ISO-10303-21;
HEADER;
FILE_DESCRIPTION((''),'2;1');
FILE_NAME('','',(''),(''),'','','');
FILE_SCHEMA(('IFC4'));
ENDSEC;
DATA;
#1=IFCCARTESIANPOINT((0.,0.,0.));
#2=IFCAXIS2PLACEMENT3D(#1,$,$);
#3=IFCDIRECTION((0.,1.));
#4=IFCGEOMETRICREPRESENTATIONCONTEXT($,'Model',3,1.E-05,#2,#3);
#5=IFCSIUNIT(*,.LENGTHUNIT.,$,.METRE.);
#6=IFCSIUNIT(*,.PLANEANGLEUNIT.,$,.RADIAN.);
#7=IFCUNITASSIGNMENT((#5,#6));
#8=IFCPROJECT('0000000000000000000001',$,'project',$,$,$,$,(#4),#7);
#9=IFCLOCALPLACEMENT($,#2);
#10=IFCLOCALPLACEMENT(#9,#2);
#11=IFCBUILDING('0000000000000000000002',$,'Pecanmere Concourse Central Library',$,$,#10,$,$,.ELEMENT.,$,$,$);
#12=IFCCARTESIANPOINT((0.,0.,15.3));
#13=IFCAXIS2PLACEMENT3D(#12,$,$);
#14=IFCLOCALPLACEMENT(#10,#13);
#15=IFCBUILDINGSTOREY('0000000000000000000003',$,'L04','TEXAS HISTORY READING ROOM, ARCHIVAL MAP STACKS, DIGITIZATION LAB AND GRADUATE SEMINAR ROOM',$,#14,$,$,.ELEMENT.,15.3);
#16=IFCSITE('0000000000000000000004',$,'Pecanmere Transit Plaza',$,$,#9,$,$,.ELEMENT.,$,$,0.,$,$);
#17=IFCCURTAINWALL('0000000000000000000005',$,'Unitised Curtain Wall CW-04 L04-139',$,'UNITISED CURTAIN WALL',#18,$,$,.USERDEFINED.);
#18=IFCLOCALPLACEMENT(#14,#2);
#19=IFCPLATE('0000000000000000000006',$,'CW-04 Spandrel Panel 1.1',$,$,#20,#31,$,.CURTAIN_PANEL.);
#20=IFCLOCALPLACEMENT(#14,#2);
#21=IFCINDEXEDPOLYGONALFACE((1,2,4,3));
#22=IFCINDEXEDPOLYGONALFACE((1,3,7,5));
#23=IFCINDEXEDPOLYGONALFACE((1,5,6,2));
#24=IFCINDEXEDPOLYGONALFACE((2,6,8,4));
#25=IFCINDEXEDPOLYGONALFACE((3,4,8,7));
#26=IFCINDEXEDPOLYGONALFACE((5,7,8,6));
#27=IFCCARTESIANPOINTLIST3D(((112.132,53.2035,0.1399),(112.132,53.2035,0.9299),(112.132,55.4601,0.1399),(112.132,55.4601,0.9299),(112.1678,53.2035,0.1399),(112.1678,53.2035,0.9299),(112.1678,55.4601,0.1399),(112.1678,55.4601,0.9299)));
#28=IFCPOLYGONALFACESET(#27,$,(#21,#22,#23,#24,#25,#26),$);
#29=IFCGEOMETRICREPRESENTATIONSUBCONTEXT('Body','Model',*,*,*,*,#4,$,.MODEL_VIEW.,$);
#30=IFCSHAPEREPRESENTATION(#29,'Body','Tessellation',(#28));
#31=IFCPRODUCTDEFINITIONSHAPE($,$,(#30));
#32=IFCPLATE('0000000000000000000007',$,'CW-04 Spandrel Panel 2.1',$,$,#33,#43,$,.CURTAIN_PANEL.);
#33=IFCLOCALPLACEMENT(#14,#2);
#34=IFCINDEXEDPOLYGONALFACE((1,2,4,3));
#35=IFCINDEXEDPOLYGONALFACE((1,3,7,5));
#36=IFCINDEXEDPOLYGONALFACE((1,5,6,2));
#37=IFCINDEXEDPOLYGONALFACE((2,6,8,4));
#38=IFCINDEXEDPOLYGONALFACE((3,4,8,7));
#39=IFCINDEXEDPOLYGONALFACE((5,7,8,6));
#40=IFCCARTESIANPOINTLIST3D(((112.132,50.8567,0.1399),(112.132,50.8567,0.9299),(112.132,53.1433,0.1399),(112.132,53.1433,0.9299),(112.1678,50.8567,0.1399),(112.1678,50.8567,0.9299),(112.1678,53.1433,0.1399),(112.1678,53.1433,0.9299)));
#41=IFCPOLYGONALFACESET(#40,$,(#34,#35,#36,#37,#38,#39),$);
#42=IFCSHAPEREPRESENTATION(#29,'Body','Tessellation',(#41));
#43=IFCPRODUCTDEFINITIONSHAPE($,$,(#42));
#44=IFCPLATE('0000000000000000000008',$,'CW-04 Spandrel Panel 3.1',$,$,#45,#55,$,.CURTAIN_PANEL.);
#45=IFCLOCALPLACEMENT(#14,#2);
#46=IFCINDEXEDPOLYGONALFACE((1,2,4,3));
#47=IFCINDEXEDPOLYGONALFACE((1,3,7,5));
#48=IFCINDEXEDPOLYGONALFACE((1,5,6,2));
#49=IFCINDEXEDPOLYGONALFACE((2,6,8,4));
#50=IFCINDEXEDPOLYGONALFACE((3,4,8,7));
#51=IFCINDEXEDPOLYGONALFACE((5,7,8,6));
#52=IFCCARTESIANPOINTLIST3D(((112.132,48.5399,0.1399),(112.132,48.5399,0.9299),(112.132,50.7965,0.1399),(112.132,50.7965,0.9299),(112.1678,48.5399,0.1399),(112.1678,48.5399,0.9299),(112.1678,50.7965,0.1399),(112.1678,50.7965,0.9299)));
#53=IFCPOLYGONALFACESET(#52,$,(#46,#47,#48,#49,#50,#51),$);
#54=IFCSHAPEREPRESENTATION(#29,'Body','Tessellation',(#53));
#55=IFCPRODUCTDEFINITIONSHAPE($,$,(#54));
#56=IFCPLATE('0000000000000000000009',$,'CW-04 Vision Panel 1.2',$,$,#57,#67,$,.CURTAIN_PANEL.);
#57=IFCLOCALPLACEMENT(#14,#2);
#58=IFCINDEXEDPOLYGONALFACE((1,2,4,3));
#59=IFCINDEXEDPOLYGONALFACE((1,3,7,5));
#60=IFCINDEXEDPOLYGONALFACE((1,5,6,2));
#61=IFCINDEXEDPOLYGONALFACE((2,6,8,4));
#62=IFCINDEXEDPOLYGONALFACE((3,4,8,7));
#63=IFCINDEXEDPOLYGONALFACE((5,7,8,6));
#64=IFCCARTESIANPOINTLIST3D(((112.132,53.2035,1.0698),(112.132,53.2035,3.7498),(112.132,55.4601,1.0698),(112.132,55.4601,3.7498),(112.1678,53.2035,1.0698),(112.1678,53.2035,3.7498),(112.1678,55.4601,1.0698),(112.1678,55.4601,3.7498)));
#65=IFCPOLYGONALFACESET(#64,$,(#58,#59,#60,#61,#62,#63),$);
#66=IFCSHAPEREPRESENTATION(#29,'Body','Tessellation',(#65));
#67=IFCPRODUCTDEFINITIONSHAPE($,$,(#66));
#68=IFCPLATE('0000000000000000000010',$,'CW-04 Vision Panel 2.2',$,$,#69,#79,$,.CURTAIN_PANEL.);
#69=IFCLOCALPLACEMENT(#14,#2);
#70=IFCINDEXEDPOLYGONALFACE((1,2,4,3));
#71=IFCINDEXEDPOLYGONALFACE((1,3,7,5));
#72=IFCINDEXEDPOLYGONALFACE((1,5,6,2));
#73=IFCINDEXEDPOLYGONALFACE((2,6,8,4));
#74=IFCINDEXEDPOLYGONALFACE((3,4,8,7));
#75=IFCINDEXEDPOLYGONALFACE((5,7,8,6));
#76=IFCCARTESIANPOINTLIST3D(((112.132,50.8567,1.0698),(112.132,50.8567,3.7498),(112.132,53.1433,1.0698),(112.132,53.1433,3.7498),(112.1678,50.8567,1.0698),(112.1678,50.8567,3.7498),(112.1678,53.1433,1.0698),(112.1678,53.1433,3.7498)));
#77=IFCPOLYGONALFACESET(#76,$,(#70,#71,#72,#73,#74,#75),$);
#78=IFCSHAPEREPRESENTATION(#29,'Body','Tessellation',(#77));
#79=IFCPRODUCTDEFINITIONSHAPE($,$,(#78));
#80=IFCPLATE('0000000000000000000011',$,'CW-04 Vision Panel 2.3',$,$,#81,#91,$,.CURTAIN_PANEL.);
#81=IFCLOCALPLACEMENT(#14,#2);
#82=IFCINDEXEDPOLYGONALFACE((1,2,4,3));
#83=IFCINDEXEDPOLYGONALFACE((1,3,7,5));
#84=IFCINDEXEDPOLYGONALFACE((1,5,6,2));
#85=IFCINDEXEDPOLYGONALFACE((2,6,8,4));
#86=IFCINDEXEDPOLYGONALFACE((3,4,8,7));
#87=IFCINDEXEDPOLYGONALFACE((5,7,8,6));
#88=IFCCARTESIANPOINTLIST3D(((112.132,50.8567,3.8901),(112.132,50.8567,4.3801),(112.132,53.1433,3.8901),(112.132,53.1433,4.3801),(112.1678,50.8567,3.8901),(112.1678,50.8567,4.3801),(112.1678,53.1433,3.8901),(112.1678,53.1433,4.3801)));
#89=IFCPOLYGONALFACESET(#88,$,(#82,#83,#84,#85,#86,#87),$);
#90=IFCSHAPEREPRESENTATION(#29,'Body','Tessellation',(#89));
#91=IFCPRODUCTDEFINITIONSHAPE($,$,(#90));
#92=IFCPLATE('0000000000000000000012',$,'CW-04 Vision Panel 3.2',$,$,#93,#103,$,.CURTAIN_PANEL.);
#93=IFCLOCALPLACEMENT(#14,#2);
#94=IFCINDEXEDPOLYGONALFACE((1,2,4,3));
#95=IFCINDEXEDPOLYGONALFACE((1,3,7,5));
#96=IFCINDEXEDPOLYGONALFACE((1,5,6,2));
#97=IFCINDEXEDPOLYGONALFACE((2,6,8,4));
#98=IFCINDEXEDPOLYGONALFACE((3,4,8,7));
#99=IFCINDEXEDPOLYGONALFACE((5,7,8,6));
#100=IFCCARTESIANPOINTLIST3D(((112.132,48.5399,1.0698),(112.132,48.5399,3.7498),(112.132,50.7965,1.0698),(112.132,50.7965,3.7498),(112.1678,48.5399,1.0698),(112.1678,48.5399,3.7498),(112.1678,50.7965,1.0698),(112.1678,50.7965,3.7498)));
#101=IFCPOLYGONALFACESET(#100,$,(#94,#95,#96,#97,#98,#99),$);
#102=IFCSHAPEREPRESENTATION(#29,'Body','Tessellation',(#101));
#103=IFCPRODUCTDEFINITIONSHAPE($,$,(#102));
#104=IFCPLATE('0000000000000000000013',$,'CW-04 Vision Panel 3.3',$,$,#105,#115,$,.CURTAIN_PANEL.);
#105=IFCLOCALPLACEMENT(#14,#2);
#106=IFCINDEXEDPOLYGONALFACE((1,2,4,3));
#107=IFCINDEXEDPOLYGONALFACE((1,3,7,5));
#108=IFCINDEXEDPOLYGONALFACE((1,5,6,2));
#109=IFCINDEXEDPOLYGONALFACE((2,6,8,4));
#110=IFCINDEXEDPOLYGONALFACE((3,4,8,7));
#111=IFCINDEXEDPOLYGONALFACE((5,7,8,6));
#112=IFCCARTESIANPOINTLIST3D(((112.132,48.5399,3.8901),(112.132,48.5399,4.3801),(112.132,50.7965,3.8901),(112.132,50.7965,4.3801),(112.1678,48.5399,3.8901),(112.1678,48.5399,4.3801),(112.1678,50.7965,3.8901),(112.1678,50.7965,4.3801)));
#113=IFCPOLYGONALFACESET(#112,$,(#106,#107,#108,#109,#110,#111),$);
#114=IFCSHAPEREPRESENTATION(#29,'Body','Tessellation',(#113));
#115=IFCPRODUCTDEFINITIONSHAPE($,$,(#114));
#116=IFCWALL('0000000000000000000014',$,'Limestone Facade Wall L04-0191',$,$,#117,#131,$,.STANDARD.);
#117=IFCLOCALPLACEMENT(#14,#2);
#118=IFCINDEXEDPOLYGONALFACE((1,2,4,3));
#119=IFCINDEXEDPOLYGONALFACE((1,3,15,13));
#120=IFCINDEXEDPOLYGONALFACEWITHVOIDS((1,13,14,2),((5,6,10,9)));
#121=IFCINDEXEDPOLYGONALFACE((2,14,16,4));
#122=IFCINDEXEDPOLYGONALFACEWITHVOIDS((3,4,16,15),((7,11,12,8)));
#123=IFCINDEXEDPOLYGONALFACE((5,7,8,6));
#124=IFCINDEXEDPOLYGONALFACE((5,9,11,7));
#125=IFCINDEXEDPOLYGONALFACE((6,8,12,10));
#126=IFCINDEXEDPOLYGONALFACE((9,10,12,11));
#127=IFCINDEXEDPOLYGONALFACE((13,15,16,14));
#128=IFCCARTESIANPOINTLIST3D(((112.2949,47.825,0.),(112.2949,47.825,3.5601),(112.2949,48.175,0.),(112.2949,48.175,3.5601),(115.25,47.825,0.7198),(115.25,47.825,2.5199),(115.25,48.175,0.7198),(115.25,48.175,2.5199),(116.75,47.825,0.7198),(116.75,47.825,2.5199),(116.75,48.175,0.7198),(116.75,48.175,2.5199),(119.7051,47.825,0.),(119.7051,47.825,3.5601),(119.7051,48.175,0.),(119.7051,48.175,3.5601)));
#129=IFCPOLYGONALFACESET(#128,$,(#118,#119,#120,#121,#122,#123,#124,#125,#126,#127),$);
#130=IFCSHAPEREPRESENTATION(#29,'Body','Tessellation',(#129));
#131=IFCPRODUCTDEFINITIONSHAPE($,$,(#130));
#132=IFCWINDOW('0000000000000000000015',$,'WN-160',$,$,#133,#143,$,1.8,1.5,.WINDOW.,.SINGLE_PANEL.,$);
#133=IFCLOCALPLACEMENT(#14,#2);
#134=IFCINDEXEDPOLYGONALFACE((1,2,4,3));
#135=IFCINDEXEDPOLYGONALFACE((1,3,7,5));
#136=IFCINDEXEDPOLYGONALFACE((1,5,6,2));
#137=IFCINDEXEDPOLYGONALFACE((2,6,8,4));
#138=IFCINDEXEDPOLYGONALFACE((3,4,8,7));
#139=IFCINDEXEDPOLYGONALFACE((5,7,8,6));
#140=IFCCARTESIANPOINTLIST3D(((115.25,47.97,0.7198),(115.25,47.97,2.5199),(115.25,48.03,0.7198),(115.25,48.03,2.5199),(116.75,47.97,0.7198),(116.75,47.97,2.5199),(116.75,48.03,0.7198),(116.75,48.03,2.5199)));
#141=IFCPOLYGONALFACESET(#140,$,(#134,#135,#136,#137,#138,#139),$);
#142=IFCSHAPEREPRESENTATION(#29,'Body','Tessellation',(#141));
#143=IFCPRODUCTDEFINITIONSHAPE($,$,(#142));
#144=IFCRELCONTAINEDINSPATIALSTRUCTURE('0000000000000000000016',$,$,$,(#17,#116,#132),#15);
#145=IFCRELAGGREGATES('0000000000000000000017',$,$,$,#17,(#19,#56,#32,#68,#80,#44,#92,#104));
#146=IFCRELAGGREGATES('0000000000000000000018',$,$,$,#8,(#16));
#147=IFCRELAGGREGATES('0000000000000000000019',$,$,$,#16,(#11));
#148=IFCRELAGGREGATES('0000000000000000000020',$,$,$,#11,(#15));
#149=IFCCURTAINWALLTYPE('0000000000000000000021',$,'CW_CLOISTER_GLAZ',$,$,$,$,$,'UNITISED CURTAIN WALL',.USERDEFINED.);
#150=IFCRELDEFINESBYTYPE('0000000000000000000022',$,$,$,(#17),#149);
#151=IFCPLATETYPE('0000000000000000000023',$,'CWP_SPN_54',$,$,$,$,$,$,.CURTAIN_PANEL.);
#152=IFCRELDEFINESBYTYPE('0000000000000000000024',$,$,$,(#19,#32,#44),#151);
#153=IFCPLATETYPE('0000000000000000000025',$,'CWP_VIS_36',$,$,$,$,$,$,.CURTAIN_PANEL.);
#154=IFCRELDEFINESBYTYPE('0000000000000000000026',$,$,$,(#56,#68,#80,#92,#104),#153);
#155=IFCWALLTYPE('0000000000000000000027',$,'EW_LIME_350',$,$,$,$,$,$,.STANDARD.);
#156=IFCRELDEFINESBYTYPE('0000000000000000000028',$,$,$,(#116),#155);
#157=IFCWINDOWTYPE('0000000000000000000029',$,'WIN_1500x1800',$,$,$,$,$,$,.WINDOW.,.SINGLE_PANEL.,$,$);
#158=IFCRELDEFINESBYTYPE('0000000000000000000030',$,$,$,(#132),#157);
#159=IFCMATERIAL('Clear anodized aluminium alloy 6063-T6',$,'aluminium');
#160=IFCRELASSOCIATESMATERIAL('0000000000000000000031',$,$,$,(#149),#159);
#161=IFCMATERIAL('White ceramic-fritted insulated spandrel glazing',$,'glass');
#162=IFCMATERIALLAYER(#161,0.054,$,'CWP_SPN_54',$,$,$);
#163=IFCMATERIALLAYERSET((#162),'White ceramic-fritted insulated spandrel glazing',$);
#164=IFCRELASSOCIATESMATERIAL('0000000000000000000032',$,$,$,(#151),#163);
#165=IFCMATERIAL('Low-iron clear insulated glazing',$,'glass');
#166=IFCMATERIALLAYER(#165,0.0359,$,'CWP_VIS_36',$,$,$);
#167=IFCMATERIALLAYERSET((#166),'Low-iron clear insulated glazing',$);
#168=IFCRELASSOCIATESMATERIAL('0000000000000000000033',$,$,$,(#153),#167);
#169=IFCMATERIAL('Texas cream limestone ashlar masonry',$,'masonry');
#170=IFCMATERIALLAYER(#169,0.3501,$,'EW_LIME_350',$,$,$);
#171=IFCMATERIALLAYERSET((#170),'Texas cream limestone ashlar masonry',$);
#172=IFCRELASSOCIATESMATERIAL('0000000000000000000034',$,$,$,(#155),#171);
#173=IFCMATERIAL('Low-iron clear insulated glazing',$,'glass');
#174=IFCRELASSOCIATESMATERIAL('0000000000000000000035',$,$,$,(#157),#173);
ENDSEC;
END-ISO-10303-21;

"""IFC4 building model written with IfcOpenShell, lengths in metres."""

from ifc_helpers import new_model, si_unit, direction, frame, frame_2d, origin, origin_2d, place, context, subcontext, project, spatial, rectangle, extrude, material, layer, layer_set, type_object, element, fill, aggregate, save


model = new_model("IFC4")

# Units and contexts
model_context = context("Model", 3, precision=1e-05, world=origin(), true_north=direction((0.0, 1.0)))
body_context = subcontext(model_context, "Body", "Model", "MODEL_VIEW")
ifc_project = project(units=[si_unit("LENGTHUNIT", "METRE"), si_unit("PLANEANGLEUNIT", "RADIAN")], contexts=[model_context])

# Site, building, storey
site_placement = place(None, origin())
site = spatial("IfcSite", under=ifc_project, at=site_placement, Name="Pecanmere Transit Plaza", CompositionType="ELEMENT", RefElevation=0.0)
building_placement = place(site_placement, origin())
building = spatial("IfcBuilding", under=site, at=building_placement, Name="Pecanmere Concourse Central Library", CompositionType="ELEMENT")
storey_placement = place(building_placement, frame((0.0, 0.0, 15.3)))
storey = spatial("IfcBuildingStorey", under=building, at=storey_placement, Name="L04", Description="TEXAS HISTORY READING ROOM, ARCHIVAL MAP STACKS, DIGITIZATION LAB AND GRADUATE SEMINAR ROOM", CompositionType="ELEMENT", Elevation=15.3)

# Curtain wall
ifc_material_1 = material(Name="Clear anodized aluminium alloy 6063-T6", Category="aluminium")
curtain_wall_type = type_object("IfcCurtainWallType", Name="CW_CLOISTER_GLAZ", ElementType="UNITISED CURTAIN WALL", PredefinedType="USERDEFINED", material=ifc_material_1)
curtain_wall_placement = place(storey_placement, origin())
curtain_wall = element("IfcCurtainWall", 1, at=curtain_wall_placement, inside=storey, type_object=curtain_wall_type, Name="Unitised Curtain Wall CW-04 L04-139", ObjectType="UNITISED CURTAIN WALL", PredefinedType="USERDEFINED")

# Plates
ifc_material_2 = material(Name="White ceramic-fritted insulated spandrel glazing", Category="glass")
ifc_layer_1 = layer(ifc_material_2, 0.054, Name="CWP_SPN_54")
ifc_layer_set_1 = layer_set([ifc_layer_1], Name="White ceramic-fritted insulated spandrel glazing")
plate_type_1 = type_object("IfcPlateType", Name="CWP_SPN_54", PredefinedType="CURTAIN_PANEL", material=ifc_layer_set_1)
plate_1_placement = place(storey_placement, frame((112.1499, 54.3318, 0.1399), z_axis=(0.0, 0.0, 1.0), x_axis=(0.0, -1.0, 0.0)))
plate_1 = element("IfcPlate", 2, at=plate_1_placement, type_object=plate_type_1, Name="CW-04 Spandrel Panel 1.1", PredefinedType="CURTAIN_PANEL", context=body_context, shape_type="SweptSolid", body=[
    extrude(rectangle(XDim=2.2566, YDim=0.0359, at=origin_2d()), origin(), (0.0, 0.0, 1.0), 0.79),
])
plate_2_placement = place(storey_placement, frame((112.1499, 52.0, 0.1399), z_axis=(0.0, 0.0, 1.0), x_axis=(0.0, -1.0, 0.0)))
plate_2 = element("IfcPlate", 3, at=plate_2_placement, type_object=plate_type_1, Name="CW-04 Spandrel Panel 2.1", PredefinedType="CURTAIN_PANEL", context=body_context, shape_type="SweptSolid", body=[
    extrude(rectangle(XDim=2.2866, YDim=0.0359, at=origin_2d()), origin(), (0.0, 0.0, 1.0), 0.79),
])
plate_3_placement = place(storey_placement, frame((112.1499, 49.6682, 0.1399), z_axis=(0.0, 0.0, 1.0), x_axis=(0.0, -1.0, 0.0)))
plate_3 = element("IfcPlate", 4, at=plate_3_placement, type_object=plate_type_1, Name="CW-04 Spandrel Panel 3.1", PredefinedType="CURTAIN_PANEL", context=body_context, shape_type="SweptSolid", body=[
    extrude(rectangle(XDim=2.2566, YDim=0.0359, at=origin_2d()), origin(), (0.0, 0.0, 1.0), 0.79),
])
ifc_material_3 = material(Name="Low-iron clear insulated glazing", Category="glass")
ifc_layer_2 = layer(ifc_material_3, 0.0359, Name="CWP_VIS_36")
ifc_layer_set_2 = layer_set([ifc_layer_2], Name="Low-iron clear insulated glazing")
plate_type_2 = type_object("IfcPlateType", Name="CWP_VIS_36", PredefinedType="CURTAIN_PANEL", material=ifc_layer_set_2)
plate_4_placement = place(storey_placement, frame((112.1499, 54.3318, 1.0698), z_axis=(0.0, 0.0, 1.0), x_axis=(0.0, -1.0, 0.0)))
plate_4 = element("IfcPlate", 5, at=plate_4_placement, type_object=plate_type_2, Name="CW-04 Vision Panel 1.2", PredefinedType="CURTAIN_PANEL", context=body_context, shape_type="SweptSolid", body=[
    extrude(rectangle(XDim=2.2566, YDim=0.0359, at=origin_2d()), origin(), (0.0, 0.0, 1.0), 2.6799),
])
plate_5_placement = place(storey_placement, frame((112.1499, 52.0, 1.0698), z_axis=(0.0, 0.0, 1.0), x_axis=(0.0, -1.0, 0.0)))
plate_5 = element("IfcPlate", 6, at=plate_5_placement, type_object=plate_type_2, Name="CW-04 Vision Panel 2.2", PredefinedType="CURTAIN_PANEL", context=body_context, shape_type="SweptSolid", body=[
    extrude(rectangle(XDim=2.2866, YDim=0.0359, at=origin_2d()), origin(), (0.0, 0.0, 1.0), 2.6799),
])
plate_6_placement = place(storey_placement, frame((112.1499, 52.0, 3.8901), z_axis=(0.0, 0.0, 1.0), x_axis=(0.0, -1.0, 0.0)))
plate_6 = element("IfcPlate", 7, at=plate_6_placement, type_object=plate_type_2, Name="CW-04 Vision Panel 2.3", PredefinedType="CURTAIN_PANEL", context=body_context, shape_type="SweptSolid", body=[
    extrude(rectangle(XDim=2.2866, YDim=0.0359, at=origin_2d()), origin(), (0.0, 0.0, 1.0), 0.49),
])
plate_7_placement = place(storey_placement, frame((112.1499, 49.6682, 1.0698), z_axis=(0.0, 0.0, 1.0), x_axis=(0.0, -1.0, 0.0)))
plate_7 = element("IfcPlate", 8, at=plate_7_placement, type_object=plate_type_2, Name="CW-04 Vision Panel 3.2", PredefinedType="CURTAIN_PANEL", context=body_context, shape_type="SweptSolid", body=[
    extrude(rectangle(XDim=2.2566, YDim=0.0359, at=origin_2d()), origin(), (0.0, 0.0, 1.0), 2.6799),
])
plate_8_placement = place(storey_placement, frame((112.1499, 49.6682, 3.8901), z_axis=(0.0, 0.0, 1.0), x_axis=(0.0, -1.0, 0.0)))
plate_8 = element("IfcPlate", 9, at=plate_8_placement, type_object=plate_type_2, Name="CW-04 Vision Panel 3.3", PredefinedType="CURTAIN_PANEL", context=body_context, shape_type="SweptSolid", body=[
    extrude(rectangle(XDim=2.2566, YDim=0.0359, at=origin_2d()), origin(), (0.0, 0.0, 1.0), 0.49),
])
aggregate(curtain_wall, [plate_1, plate_4, plate_2, plate_5, plate_6, plate_3, plate_7, plate_8])

# Wall, opening, window
ifc_material_4 = material(Name="Texas cream limestone ashlar masonry", Category="masonry")
ifc_layer_3 = layer(ifc_material_4, 0.3501, Name="EW_LIME_350")
ifc_layer_set_3 = layer_set([ifc_layer_3], Name="Texas cream limestone ashlar masonry")
wall_type = type_object("IfcWallType", Name="EW_LIME_350", PredefinedType="STANDARD", material=ifc_layer_set_3)
wall_placement = place(storey_placement, frame((112.2949, 48.0, 0.0), z_axis=(0.0, 0.0, 1.0), x_axis=(1.0, 0.0, 0.0)))
wall = element("IfcWall", 10, at=wall_placement, inside=storey, type_object=wall_type, Name="Limestone Facade Wall L04-0191", PredefinedType="STANDARD", context=body_context, shape_type="SweptSolid", body=[
    extrude(rectangle(XDim=7.4102, YDim=0.3501, at=frame_2d((3.7051, 0.0))), origin(), (0.0, 0.0, 1.0), 3.5601),
])
opening_placement = place(wall_placement, frame((2.9551, 0.0, 0.72)))
opening = element("IfcOpeningElement", 11, at=opening_placement, cuts=wall, PredefinedType="OPENING", context=body_context, shape_type="SweptSolid", body=[
    extrude(rectangle(XDim=1.5, YDim=1.8, at=frame_2d((0.75, 0.8999))), frame((0.0, 0.187, 0.0), z_axis=(0.0, -1.0, 0.0), x_axis=(1.0, 0.0, 0.0)), (0.0, 0.0, 1.0), 0.374),
])
ifc_material_5 = material(Name="Low-iron clear insulated glazing", Category="glass")
window_type = type_object("IfcWindowType", Name="WIN_1500x1800", PartitioningType="SINGLE_PANEL", PredefinedType="WINDOW", material=ifc_material_5)
window_placement = place(opening_placement, origin())
window = element("IfcWindow", 12, at=window_placement, inside=storey, type_object=window_type, Name="WN-160", OverallHeight=1.8, OverallWidth=1.5, PartitioningType="SINGLE_PANEL", PredefinedType="WINDOW", context=body_context, shape_type="SweptSolid", body=[
    extrude(rectangle(XDim=1.5, YDim=1.8, at=frame_2d((0.75, 0.8999))), frame((0.0, 0.03, 0.0), z_axis=(0.0, -1.0, 0.0), x_axis=(1.0, 0.0, 0.0)), (0.0, 0.0, 1.0), 0.0601),
])
fill(opening, window)

save(model, "model.ifc")
